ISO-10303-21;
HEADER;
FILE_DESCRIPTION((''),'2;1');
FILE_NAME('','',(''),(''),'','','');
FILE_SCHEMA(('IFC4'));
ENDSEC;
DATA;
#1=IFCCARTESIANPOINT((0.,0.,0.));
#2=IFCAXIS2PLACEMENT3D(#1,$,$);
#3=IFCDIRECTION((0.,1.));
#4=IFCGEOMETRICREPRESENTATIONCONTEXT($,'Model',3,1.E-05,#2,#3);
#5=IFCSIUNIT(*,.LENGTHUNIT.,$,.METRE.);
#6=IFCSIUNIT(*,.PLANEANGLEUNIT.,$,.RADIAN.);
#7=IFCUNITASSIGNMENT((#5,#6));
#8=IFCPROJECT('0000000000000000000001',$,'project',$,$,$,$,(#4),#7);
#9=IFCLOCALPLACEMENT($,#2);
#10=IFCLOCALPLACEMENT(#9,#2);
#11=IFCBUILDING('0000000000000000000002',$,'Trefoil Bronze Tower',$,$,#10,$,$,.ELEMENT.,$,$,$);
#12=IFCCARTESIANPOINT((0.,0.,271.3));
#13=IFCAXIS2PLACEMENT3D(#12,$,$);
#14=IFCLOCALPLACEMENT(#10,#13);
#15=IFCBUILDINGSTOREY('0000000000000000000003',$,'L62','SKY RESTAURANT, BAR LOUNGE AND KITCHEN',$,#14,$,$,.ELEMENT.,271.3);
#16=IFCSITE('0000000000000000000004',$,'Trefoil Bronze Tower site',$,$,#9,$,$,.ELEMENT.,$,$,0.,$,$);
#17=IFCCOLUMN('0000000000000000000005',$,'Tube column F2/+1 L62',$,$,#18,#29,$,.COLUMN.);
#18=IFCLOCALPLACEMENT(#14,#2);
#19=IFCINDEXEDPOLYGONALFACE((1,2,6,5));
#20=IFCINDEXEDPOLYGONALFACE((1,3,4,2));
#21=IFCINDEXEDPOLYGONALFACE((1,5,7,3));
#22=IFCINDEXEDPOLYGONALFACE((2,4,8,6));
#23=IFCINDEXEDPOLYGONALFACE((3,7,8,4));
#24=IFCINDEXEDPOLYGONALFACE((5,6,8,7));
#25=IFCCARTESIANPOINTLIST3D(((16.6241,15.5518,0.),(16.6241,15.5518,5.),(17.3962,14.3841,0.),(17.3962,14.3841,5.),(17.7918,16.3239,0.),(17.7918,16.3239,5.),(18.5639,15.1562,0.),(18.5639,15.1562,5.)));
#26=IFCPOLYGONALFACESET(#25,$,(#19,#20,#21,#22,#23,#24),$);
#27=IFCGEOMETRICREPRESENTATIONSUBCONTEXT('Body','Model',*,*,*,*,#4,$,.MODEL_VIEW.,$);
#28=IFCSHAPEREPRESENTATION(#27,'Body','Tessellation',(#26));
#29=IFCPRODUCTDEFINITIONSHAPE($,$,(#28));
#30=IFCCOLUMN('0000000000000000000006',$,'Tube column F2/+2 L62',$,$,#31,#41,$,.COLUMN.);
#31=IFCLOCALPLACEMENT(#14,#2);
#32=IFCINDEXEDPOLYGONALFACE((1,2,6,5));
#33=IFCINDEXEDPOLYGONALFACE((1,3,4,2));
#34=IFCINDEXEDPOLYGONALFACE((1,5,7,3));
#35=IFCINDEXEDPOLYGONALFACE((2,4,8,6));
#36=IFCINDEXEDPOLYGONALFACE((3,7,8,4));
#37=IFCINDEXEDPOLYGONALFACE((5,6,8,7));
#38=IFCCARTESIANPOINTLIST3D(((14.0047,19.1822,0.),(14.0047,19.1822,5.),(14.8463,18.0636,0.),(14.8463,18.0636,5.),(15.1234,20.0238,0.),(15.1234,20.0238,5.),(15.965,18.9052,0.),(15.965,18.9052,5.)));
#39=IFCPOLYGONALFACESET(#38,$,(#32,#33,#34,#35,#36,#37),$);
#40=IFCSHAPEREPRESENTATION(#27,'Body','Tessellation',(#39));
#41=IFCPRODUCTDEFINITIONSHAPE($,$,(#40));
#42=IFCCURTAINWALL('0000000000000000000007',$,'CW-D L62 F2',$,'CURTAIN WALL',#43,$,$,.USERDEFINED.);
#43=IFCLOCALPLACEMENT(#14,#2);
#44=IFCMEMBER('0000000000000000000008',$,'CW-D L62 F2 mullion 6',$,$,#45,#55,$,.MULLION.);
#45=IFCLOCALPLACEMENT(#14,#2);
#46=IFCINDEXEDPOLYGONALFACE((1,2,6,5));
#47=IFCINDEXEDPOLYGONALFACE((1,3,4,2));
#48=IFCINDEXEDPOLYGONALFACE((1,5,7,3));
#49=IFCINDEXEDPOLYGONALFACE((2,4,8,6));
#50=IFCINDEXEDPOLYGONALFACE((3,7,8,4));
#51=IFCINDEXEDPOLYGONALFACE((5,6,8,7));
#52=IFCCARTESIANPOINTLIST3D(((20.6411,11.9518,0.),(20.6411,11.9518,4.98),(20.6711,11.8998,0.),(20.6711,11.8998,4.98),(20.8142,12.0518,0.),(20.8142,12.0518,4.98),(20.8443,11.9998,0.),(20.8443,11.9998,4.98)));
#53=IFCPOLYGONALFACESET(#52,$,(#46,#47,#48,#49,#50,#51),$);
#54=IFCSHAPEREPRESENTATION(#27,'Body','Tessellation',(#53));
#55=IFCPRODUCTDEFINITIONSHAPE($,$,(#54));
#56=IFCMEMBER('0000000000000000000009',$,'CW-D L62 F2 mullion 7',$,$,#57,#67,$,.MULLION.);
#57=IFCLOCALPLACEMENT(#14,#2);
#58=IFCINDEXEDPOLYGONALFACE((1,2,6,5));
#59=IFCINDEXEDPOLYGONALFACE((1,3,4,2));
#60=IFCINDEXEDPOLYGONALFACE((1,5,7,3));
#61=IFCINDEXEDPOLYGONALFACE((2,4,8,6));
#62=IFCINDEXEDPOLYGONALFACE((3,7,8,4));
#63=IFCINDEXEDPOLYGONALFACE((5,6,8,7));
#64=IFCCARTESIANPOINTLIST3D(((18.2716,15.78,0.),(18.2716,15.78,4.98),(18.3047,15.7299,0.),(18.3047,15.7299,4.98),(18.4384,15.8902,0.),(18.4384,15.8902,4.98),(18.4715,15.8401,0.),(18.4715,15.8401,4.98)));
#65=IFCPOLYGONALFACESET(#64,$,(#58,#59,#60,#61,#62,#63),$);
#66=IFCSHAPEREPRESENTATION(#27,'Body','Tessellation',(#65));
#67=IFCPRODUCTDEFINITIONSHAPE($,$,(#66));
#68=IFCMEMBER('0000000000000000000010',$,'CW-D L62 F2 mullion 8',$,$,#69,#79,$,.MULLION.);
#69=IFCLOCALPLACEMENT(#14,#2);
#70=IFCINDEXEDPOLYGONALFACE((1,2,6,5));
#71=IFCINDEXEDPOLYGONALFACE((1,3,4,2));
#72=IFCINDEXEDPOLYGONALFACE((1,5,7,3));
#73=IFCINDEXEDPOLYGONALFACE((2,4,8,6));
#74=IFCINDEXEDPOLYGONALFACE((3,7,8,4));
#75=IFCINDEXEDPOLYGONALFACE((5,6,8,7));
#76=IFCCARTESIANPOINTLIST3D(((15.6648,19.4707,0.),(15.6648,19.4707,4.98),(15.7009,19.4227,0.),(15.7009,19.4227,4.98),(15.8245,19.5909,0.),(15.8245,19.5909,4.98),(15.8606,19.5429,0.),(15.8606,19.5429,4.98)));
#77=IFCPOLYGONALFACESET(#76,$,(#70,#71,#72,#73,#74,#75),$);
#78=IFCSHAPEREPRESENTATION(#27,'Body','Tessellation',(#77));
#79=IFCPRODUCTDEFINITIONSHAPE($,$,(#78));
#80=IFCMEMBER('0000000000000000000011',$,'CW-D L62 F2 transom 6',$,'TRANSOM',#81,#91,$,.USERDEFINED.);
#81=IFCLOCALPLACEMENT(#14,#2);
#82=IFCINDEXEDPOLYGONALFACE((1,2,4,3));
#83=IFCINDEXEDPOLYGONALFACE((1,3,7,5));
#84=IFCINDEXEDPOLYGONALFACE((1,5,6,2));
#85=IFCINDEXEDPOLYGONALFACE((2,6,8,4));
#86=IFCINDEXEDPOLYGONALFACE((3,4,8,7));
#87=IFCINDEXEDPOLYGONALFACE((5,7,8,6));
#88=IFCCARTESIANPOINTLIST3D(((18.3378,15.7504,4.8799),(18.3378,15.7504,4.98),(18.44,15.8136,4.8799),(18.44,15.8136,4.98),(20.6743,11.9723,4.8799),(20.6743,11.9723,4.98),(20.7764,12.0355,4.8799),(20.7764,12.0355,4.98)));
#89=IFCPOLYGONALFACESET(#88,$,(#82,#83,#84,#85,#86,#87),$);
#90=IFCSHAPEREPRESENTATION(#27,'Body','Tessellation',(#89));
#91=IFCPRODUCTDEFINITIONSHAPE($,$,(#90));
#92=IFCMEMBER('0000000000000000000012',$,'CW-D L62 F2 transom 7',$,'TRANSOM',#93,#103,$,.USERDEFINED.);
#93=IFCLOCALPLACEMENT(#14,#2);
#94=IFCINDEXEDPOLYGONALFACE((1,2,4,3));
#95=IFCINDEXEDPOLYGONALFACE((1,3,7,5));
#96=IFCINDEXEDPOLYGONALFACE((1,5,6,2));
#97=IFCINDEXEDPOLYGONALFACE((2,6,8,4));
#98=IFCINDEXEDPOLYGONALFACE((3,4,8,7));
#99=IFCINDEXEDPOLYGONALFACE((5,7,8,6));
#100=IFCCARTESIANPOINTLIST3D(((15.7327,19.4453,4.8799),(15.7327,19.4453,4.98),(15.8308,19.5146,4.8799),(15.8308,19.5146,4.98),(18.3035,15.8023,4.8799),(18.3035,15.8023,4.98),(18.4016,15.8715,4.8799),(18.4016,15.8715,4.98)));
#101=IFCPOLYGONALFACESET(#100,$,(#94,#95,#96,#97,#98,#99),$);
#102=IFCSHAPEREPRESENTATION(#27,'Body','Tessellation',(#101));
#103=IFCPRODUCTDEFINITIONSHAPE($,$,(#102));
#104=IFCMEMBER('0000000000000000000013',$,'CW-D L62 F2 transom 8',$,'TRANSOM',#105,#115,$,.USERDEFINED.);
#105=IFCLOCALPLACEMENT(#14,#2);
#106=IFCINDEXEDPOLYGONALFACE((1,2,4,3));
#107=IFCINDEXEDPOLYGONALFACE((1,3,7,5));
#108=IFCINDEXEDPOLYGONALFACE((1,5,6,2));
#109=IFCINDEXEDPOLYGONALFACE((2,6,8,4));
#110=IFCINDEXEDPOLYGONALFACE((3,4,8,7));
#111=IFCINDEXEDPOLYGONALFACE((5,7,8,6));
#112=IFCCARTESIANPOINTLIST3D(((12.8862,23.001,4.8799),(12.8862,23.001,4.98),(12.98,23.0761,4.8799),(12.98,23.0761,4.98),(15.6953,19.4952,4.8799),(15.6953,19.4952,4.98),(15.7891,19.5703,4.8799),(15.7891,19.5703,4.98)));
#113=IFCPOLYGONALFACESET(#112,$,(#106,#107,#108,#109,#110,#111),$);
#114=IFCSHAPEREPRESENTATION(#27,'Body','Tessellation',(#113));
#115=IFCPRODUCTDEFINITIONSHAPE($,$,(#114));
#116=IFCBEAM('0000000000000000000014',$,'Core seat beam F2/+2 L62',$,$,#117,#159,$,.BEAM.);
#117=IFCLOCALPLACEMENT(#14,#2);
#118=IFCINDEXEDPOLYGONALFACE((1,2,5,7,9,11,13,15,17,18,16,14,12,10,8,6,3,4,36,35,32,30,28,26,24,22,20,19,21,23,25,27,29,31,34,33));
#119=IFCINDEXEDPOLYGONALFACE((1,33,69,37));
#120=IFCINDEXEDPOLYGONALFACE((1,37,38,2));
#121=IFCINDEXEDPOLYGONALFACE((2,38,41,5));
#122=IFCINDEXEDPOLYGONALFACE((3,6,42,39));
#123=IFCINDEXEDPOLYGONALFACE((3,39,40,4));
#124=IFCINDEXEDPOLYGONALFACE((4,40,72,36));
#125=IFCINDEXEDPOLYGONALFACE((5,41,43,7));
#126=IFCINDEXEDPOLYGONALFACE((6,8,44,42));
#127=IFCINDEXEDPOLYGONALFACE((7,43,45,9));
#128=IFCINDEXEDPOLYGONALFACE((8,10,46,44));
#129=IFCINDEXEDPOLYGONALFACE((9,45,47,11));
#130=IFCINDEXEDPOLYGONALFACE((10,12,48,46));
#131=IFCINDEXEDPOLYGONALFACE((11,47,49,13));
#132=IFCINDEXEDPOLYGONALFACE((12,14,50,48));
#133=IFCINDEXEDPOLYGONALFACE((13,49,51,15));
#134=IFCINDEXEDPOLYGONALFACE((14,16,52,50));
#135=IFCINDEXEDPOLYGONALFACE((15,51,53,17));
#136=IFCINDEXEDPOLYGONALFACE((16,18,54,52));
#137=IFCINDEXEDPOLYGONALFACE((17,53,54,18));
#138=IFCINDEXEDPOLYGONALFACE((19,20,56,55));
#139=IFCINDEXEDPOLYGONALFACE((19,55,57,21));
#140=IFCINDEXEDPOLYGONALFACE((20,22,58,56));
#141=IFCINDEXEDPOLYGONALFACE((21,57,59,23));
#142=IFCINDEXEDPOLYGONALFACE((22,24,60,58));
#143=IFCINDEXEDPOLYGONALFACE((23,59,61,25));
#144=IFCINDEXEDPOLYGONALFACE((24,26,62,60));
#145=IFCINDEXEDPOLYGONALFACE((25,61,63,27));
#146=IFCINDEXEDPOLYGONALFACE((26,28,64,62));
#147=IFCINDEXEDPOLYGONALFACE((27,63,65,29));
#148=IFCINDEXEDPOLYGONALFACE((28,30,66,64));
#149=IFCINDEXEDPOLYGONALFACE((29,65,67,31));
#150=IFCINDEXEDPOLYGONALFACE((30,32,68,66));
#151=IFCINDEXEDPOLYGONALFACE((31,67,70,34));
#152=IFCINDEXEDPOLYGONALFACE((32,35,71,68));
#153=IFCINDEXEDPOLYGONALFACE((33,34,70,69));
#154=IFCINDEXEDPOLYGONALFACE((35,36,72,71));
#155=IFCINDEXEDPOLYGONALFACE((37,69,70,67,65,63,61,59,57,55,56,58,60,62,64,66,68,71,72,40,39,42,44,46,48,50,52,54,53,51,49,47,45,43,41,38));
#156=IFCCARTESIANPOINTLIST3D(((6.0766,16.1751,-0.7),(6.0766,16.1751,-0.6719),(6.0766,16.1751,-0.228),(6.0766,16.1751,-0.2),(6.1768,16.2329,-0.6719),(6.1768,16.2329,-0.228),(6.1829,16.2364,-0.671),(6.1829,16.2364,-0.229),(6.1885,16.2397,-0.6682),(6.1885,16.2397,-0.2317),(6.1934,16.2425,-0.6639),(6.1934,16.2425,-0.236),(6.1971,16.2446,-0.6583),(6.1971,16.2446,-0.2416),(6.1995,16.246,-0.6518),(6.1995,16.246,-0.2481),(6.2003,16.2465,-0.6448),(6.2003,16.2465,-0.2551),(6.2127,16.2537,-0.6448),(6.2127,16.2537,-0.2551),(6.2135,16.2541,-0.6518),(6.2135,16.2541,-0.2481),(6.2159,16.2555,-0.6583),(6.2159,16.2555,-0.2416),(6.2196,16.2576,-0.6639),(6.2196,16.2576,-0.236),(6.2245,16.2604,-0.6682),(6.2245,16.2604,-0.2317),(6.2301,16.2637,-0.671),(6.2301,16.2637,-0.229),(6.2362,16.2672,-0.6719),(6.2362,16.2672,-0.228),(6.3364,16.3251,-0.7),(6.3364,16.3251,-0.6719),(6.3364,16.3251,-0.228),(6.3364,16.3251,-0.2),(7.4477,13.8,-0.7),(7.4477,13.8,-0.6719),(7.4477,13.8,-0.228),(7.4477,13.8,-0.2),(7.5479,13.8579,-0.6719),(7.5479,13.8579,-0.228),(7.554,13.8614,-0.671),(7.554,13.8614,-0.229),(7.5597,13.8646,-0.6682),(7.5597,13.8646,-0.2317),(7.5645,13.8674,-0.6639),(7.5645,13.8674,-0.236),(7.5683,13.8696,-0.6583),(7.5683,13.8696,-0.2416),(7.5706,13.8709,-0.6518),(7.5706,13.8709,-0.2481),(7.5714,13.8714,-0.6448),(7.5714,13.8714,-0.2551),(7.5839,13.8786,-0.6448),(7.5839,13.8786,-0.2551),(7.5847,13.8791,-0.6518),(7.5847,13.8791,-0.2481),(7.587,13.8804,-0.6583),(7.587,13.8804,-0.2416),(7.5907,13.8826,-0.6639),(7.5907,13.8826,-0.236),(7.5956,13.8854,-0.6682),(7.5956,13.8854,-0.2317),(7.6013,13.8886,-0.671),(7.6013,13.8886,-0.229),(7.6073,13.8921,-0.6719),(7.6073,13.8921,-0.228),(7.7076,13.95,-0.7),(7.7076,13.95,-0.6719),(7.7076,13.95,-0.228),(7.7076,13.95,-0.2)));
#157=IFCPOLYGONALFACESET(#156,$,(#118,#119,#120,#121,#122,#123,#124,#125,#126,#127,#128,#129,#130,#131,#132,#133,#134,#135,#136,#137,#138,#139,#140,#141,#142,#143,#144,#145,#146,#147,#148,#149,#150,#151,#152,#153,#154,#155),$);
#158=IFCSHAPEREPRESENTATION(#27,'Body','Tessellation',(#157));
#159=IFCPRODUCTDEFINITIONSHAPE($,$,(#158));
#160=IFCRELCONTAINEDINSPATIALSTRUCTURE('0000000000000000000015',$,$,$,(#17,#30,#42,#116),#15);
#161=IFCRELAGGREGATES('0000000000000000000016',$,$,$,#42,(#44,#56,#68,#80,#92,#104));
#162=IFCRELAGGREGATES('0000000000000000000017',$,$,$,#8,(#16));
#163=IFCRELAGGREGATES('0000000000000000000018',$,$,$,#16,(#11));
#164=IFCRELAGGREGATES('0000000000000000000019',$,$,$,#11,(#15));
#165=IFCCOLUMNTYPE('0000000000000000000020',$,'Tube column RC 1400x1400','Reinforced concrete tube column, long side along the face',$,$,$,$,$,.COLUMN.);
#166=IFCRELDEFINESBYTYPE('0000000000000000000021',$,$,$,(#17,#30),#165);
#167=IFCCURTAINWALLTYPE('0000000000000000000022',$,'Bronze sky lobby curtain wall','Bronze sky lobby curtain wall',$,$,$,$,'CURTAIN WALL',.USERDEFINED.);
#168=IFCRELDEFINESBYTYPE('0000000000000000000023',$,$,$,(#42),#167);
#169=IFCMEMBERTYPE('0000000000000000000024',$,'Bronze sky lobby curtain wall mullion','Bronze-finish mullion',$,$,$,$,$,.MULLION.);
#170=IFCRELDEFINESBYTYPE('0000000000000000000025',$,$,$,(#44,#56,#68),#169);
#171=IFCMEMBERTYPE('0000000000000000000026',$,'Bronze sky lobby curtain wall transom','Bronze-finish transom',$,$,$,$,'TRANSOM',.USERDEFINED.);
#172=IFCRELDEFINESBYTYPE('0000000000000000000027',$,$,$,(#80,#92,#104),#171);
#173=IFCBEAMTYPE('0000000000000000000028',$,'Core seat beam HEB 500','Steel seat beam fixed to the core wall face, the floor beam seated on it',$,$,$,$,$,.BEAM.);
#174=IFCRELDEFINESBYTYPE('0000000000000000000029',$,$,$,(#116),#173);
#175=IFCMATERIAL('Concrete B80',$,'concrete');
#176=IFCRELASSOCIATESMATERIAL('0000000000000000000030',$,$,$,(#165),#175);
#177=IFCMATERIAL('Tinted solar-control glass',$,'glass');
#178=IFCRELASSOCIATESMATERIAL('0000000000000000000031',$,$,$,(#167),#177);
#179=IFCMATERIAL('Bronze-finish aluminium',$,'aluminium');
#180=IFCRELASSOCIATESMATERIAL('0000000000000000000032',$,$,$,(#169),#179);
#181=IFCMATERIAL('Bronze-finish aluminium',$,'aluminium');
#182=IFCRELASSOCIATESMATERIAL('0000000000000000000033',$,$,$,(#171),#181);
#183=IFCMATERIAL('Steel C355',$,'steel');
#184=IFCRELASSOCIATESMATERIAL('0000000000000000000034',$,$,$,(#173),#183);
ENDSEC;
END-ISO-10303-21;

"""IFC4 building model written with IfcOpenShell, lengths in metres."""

from ifc_helpers import new_model, si_unit, direction, frame, origin, origin_2d, place, context, subcontext, project, spatial, rectangle, i_section, extrude, material, material_profile, profile_set, type_object, element, aggregate, save


model = new_model("IFC4")

# Units and contexts
model_context = context("Model", 3, precision=1e-05, world=origin(), true_north=direction((0.0, 1.0)))
body_context = subcontext(model_context, "Body", "Model", "MODEL_VIEW")
ifc_project = project(units=[si_unit("LENGTHUNIT", "METRE"), si_unit("PLANEANGLEUNIT", "RADIAN")], contexts=[model_context])

# Site, building, storey
site_placement = place(None, origin())
site = spatial("IfcSite", under=ifc_project, at=site_placement, Name="Trefoil Bronze Tower site", CompositionType="ELEMENT", RefElevation=0.0)
building_placement = place(site_placement, origin())
building = spatial("IfcBuilding", under=site, at=building_placement, Name="Trefoil Bronze Tower", CompositionType="ELEMENT")
storey_placement = place(building_placement, frame((0.0, 0.0, 271.3)))
storey = spatial("IfcBuildingStorey", under=building, at=storey_placement, Name="L62", Description="SKY RESTAURANT, BAR LOUNGE AND KITCHEN", CompositionType="ELEMENT", Elevation=271.3)

# Columns
ifc_material_1 = material(Name="Concrete B80", Category="concrete")
ifc_material_profile_1 = material_profile(ifc_material_1, rectangle(XDim=1.3999, YDim=1.3999, at=origin_2d()), Name="RC 1400x1400")
ifc_profile_set_1 = profile_set([ifc_material_profile_1], Name="Concrete B80")
column_type = type_object("IfcColumnType", Name="Tube column RC 1400x1400", Description="Reinforced concrete tube column, long side along the face", PredefinedType="COLUMN", material=ifc_profile_set_1)
for number, where, z_axis, x_axis, name in (
    (1, (17.594, 15.354, 0.0), (0.0, 0.0, 1.0), (-0.551524, 0.834159, 0.0), "Tube column F2/+1 L62"),
    (2, (14.9849, 19.0437, 0.0), (0.0, 0.0, 1.0), (-0.601203, 0.799096, 0.0), "Tube column F2/+2 L62"),
):
    element("IfcColumn", number, at=place(storey_placement, frame(where, z_axis=z_axis, x_axis=x_axis)), inside=storey, type_object=column_type, Name=name, PredefinedType="COLUMN", context=body_context, shape_type="SweptSolid", body=[
        extrude(rectangle(XDim=1.3999, YDim=1.3999, at=origin_2d()), origin(), (0.0, 0.0, 1.0), 5.0),
    ])

# Curtain wall, members
ifc_material_2 = material(Name="Tinted solar-control glass", Category="glass")
curtain_wall_type = type_object("IfcCurtainWallType", Name="Bronze sky lobby curtain wall", Description="Bronze sky lobby curtain wall", ElementType="CURTAIN WALL", PredefinedType="USERDEFINED", material=ifc_material_2)
curtain_wall_placement = place(storey_placement, origin())
curtain_wall = element("IfcCurtainWall", 3, at=curtain_wall_placement, inside=storey, type_object=curtain_wall_type, Name="CW-D L62 F2", ObjectType="CURTAIN WALL", PredefinedType="USERDEFINED")
ifc_material_3 = material(Name="Bronze-finish aluminium", Category="aluminium")
ifc_material_profile_2 = material_profile(ifc_material_3, rectangle(XDim=0.2, YDim=0.0601, at=origin_2d()), Name="CW-D mullion")
ifc_profile_set_2 = profile_set([ifc_material_profile_2], Name="Bronze-finish aluminium")
member_type_1 = type_object("IfcMemberType", Name="Bronze sky lobby curtain wall mullion", Description="Bronze-finish mullion", PredefinedType="MULLION", material=ifc_profile_set_2)
member_1_placement = place(storey_placement, frame((20.7427, 11.9758, 0.0), z_axis=(0.0, 0.0, 1.0), x_axis=(-0.866025, -0.5, 0.0)))
member_1 = element("IfcMember", 4, at=member_1_placement, type_object=member_type_1, Name="CW-D L62 F2 mullion 6", PredefinedType="MULLION", context=body_context, shape_type="SweptSolid", body=[
    extrude(rectangle(XDim=0.2, YDim=0.0601, at=origin_2d()), origin(), (0.0, 0.0, 1.0), 4.98),
])
member_2_placement = place(storey_placement, frame((18.3716, 15.8101, 0.0), z_axis=(0.0, 0.0, 1.0), x_axis=(-0.834159, -0.551524, 0.0)))
member_2 = element("IfcMember", 5, at=member_2_placement, type_object=member_type_1, Name="CW-D L62 F2 mullion 7", PredefinedType="MULLION", context=body_context, shape_type="SweptSolid", body=[
    extrude(rectangle(XDim=0.2, YDim=0.0601, at=origin_2d()), origin(), (0.0, 0.0, 1.0), 4.98),
])
member_3_placement = place(storey_placement, frame((15.7627, 19.5068, 0.0), z_axis=(0.0, 0.0, 1.0), x_axis=(-0.799096, -0.601203, 0.0)))
member_3 = element("IfcMember", 6, at=member_3_placement, type_object=member_type_1, Name="CW-D L62 F2 mullion 8", PredefinedType="MULLION", context=body_context, shape_type="SweptSolid", body=[
    extrude(rectangle(XDim=0.2, YDim=0.0601, at=origin_2d()), origin(), (0.0, 0.0, 1.0), 4.98),
])
ifc_material_4 = material(Name="Bronze-finish aluminium", Category="aluminium")
ifc_material_profile_3 = material_profile(ifc_material_4, rectangle(XDim=0.1201, YDim=0.1001, at=origin_2d()), Name="CW-D transom")
ifc_profile_set_3 = profile_set([ifc_material_profile_3], Name="Bronze-finish aluminium")
member_type_2 = type_object("IfcMemberType", Name="Bronze sky lobby curtain wall transom", Description="Bronze-finish transom", ElementType="TRANSOM", PredefinedType="USERDEFINED", material=ifc_profile_set_3)
member_4_placement = place(storey_placement, frame((20.7253, 12.0039, 4.9299), z_axis=(-0.525967, 0.850505, 0.0), x_axis=(-0.850505, -0.525967, 0.0)))
member_4 = element("IfcMember", 7, at=member_4_placement, type_object=member_type_2, Name="CW-D L62 F2 transom 6", ObjectType="TRANSOM", PredefinedType="USERDEFINED", context=body_context, shape_type="SweptSolid", body=[
    extrude(rectangle(XDim=0.1201, YDim=0.1001, at=origin_2d()), origin(), (0.0, 0.0, 1.0), 4.4421),
])
member_5_placement = place(storey_placement, frame((18.3525, 15.8369, 4.9299), z_axis=(-0.576567, 0.81705, 0.0), x_axis=(-0.81705, -0.576567, 0.0)))
member_5 = element("IfcMember", 8, at=member_5_placement, type_object=member_type_2, Name="CW-D L62 F2 transom 7", ObjectType="TRANSOM", PredefinedType="USERDEFINED", context=body_context, shape_type="SweptSolid", body=[
    extrude(rectangle(XDim=0.1201, YDim=0.1001, at=origin_2d()), origin(), (0.0, 0.0, 1.0), 4.4587),
])
member_6_placement = place(storey_placement, frame((15.7422, 19.5327, 4.9299), z_axis=(-0.625291, 0.780391, 0.0), x_axis=(-0.780391, -0.625291, 0.0)))
member_6 = element("IfcMember", 9, at=member_6_placement, type_object=member_type_2, Name="CW-D L62 F2 transom 8", ObjectType="TRANSOM", PredefinedType="USERDEFINED", context=body_context, shape_type="SweptSolid", body=[
    extrude(rectangle(XDim=0.1201, YDim=0.1001, at=origin_2d()), origin(), (0.0, 0.0, 1.0), 4.4924),
])

# Beam
ifc_material_5 = material(Name="Steel C355", Category="steel")
ifc_material_profile_4 = material_profile(ifc_material_5, i_section(OverallWidth=0.3, OverallDepth=0.5, WebThickness=0.0144, FlangeThickness=0.0281, FilletRadius=0.0271, at=origin_2d()), Name="HEB 500")
ifc_profile_set_4 = profile_set([ifc_material_profile_4], Name="Steel C355")
beam_type_1 = type_object("IfcBeamType", Name="Core seat beam HEB 500", Description="Steel seat beam fixed to the core wall face, the floor beam seated on it", PredefinedType="BEAM", material=ifc_profile_set_4)
beam_1_placement = place(storey_placement, frame((7.5776, 13.875, -0.45), z_axis=(-0.499969, 0.866043, 0.0), x_axis=(-0.866043, -0.499969, 0.0)))
element("IfcBeam", 10, at=beam_1_placement, inside=storey, type_object=beam_type_1, Name="Core seat beam F2/+2 L62", PredefinedType="BEAM", context=body_context, shape_type="SweptSolid", body=[
    extrude(i_section(OverallWidth=0.3, OverallDepth=0.5, WebThickness=0.0144, FlangeThickness=0.0281, FilletRadius=0.0271, at=origin_2d()), origin(), (0.0, 0.0, 1.0), 2.7424),
])

aggregate(curtain_wall, [member_1, member_2, member_3, member_4, member_5, member_6])

save(model, "model.ifc")
